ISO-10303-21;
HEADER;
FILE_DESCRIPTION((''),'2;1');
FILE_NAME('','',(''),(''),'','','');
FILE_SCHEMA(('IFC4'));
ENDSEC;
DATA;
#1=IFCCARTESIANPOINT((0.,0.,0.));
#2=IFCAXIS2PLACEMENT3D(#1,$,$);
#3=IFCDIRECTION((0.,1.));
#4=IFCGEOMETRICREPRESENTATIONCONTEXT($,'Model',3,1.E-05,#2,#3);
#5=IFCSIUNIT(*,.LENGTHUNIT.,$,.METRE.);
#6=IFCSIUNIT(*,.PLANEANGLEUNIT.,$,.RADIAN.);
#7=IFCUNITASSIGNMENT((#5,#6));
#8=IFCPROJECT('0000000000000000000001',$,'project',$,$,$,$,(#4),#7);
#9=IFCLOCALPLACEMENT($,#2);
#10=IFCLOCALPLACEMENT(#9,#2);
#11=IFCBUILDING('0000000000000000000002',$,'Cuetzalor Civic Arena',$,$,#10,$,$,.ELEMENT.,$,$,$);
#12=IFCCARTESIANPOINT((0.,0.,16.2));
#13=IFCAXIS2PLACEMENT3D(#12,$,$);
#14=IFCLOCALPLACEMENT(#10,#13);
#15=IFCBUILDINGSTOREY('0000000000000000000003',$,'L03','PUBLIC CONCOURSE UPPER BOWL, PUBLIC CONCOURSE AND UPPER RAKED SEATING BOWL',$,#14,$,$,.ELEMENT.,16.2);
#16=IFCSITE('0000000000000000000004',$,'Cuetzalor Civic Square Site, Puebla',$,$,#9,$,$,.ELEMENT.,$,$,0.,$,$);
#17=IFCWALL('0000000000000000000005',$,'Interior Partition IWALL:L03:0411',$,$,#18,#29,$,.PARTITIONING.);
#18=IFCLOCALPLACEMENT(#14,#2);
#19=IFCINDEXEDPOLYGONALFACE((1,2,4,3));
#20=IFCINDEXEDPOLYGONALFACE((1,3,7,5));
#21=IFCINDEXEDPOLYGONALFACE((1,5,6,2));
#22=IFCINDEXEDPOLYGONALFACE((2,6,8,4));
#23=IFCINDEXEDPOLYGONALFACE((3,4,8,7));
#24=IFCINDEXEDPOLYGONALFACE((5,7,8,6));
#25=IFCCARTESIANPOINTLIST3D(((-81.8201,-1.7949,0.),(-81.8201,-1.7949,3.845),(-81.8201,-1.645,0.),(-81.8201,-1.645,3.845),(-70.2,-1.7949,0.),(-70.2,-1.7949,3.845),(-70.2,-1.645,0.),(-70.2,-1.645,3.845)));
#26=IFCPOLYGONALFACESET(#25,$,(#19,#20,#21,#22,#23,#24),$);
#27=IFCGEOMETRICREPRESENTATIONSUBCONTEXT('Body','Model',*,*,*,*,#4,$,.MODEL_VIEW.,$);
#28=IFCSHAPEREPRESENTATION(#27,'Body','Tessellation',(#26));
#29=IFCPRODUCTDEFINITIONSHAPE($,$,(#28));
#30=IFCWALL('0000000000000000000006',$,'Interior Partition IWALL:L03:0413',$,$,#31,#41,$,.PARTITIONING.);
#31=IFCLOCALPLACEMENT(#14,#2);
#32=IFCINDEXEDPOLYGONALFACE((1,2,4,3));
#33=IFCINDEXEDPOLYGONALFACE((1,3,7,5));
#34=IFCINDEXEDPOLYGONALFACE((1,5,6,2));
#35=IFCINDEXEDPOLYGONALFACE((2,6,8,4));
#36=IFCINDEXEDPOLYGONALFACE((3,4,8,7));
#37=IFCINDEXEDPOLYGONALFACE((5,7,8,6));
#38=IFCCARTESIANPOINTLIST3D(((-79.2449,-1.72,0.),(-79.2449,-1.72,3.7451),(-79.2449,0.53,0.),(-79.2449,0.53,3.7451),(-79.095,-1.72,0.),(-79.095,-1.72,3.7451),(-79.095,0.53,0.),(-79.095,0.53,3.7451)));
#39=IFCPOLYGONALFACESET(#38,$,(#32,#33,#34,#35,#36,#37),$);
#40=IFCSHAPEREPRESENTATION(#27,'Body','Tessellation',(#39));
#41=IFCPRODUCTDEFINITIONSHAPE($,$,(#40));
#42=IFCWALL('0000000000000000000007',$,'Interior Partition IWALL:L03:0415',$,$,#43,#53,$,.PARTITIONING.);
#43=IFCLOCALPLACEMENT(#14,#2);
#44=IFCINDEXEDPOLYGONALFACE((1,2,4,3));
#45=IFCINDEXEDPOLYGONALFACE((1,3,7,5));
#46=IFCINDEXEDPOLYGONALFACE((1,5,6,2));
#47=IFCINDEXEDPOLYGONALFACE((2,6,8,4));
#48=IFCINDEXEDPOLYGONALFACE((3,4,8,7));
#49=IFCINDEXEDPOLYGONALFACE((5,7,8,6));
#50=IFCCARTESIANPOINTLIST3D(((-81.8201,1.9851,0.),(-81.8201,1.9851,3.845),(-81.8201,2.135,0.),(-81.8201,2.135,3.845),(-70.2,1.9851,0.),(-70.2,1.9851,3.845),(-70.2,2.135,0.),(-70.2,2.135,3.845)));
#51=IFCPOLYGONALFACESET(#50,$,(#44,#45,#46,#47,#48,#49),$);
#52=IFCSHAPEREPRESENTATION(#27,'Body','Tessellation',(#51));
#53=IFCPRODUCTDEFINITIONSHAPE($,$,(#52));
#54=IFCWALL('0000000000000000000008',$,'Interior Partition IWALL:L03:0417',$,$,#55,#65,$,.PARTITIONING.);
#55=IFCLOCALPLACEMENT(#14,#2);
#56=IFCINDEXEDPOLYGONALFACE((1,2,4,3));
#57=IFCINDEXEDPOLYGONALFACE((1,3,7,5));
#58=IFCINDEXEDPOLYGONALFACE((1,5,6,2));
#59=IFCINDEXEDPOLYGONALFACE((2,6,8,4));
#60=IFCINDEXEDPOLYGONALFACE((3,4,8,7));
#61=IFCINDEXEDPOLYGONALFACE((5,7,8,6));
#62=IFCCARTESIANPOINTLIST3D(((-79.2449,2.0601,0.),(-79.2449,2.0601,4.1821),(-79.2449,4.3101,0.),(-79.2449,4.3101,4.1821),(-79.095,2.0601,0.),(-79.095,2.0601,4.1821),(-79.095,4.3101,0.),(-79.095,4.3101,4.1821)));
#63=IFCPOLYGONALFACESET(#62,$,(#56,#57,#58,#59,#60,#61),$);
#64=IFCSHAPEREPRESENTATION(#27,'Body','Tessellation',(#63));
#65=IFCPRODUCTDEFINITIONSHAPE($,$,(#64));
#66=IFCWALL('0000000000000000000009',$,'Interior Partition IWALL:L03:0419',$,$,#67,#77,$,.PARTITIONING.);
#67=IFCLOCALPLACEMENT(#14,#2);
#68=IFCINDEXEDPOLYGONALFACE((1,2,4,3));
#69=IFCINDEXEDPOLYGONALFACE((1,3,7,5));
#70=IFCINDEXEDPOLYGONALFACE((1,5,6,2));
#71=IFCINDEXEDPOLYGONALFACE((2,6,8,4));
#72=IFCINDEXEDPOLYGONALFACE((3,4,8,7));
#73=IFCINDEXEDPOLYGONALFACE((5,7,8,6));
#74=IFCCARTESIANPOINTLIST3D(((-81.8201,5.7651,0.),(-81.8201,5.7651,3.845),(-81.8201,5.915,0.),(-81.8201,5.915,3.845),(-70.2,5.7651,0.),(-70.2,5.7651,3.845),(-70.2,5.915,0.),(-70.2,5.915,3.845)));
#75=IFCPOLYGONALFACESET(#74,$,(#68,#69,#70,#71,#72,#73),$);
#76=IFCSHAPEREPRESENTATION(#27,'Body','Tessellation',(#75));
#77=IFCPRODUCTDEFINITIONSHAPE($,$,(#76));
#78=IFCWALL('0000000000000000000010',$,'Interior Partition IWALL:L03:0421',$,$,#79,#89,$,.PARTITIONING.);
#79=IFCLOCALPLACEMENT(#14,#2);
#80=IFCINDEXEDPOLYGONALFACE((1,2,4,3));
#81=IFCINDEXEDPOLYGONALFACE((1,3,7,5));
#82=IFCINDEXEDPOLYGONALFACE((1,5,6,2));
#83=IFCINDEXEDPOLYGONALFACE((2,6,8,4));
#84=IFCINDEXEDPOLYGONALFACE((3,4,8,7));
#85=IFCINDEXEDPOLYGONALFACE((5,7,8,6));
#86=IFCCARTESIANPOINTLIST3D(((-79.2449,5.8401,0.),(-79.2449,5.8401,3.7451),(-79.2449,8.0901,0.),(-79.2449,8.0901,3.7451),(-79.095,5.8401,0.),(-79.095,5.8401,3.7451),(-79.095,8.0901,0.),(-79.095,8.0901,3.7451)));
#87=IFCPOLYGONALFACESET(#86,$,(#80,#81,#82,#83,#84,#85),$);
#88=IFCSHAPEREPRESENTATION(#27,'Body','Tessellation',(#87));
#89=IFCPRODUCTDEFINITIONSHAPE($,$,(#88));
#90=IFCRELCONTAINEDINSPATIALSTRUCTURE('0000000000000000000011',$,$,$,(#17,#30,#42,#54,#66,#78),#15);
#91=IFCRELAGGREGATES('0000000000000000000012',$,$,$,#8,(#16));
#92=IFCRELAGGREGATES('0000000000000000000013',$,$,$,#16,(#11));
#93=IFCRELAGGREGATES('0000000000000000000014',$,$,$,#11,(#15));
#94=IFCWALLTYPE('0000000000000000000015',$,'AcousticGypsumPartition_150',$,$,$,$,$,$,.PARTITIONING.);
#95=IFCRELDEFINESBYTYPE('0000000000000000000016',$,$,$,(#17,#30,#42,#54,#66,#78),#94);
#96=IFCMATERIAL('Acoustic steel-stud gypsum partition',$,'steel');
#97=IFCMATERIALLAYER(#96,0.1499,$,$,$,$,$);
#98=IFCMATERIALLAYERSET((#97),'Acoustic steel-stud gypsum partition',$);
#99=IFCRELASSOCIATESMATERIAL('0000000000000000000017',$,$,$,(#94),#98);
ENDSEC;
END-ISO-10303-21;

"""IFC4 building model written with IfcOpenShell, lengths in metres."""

from ifc_helpers import new_model, si_unit, direction, frame, frame_2d, origin, place, context, subcontext, project, spatial, rectangle, extrude, material, layer, layer_set, type_object, element, save


model = new_model("IFC4")

# Units and contexts
model_context = context("Model", 3, precision=1e-05, world=origin(), true_north=direction((0.0, 1.0)))
body_context = subcontext(model_context, "Body", "Model", "MODEL_VIEW")
ifc_project = project(units=[si_unit("LENGTHUNIT", "METRE"), si_unit("PLANEANGLEUNIT", "RADIAN")], contexts=[model_context])

# Site, building, storey
site_placement = place(None, origin())
site = spatial("IfcSite", under=ifc_project, at=site_placement, Name="Cuetzalor Civic Square Site, Puebla", CompositionType="ELEMENT", RefElevation=0.0)
building_placement = place(site_placement, origin())
building = spatial("IfcBuilding", under=site, at=building_placement, Name="Cuetzalor Civic Arena", CompositionType="ELEMENT")
storey_placement = place(building_placement, frame((0.0, 0.0, 16.2)))
storey = spatial("IfcBuildingStorey", under=building, at=storey_placement, Name="L03", Description="PUBLIC CONCOURSE UPPER BOWL, PUBLIC CONCOURSE AND UPPER RAKED SEATING BOWL", CompositionType="ELEMENT", Elevation=16.2)

# Shared definitions
ifc_material_1 = material(Name="Acoustic steel-stud gypsum partition", Category="steel")
ifc_layer = layer(ifc_material_1, 0.1499)
ifc_layer_set = layer_set([ifc_layer], Name="Acoustic steel-stud gypsum partition")
wall_type = type_object("IfcWallType", Name="AcousticGypsumPartition_150", PredefinedType="PARTITIONING", material=ifc_layer_set)

# Wall
wall_1_placement = place(storey_placement, frame((-81.8201, -1.72, 0.0), z_axis=(0.0, 0.0, 1.0), x_axis=(1.0, 0.0, 0.0)))
element("IfcWall", 1, at=wall_1_placement, inside=storey, type_object=wall_type, Name="Interior Partition IWALL:L03:0411", PredefinedType="PARTITIONING", context=body_context, shape_type="SweptSolid", body=[
    extrude(rectangle(XDim=11.6201, YDim=0.1499, at=frame_2d((5.8101, 0.0))), origin(), (0.0, 0.0, 1.0), 3.845),
])

# Walls
wall_2_placement = place(storey_placement, frame((-79.1699, 0.53, 0.0), z_axis=(0.0, 0.0, 1.0), x_axis=(0.0, -1.0, 0.0)))
element("IfcWall", 2, at=wall_2_placement, inside=storey, type_object=wall_type, Name="Interior Partition IWALL:L03:0413", PredefinedType="PARTITIONING", context=body_context, shape_type="SweptSolid", body=[
    extrude(rectangle(XDim=2.25, YDim=0.1499, at=frame_2d((1.125, 0.0))), origin(), (0.0, 0.0, 1.0), 3.7451),
])
wall_3_placement = place(storey_placement, frame((-81.8201, 2.0601, 0.0), z_axis=(0.0, 0.0, 1.0), x_axis=(1.0, 0.0, 0.0)))
element("IfcWall", 3, at=wall_3_placement, inside=storey, type_object=wall_type, Name="Interior Partition IWALL:L03:0415", PredefinedType="PARTITIONING", context=body_context, shape_type="SweptSolid", body=[
    extrude(rectangle(XDim=11.6201, YDim=0.1499, at=frame_2d((5.8101, 0.0))), origin(), (0.0, 0.0, 1.0), 3.845),
])

# Walls
wall_4_placement = place(storey_placement, frame((-79.1699, 4.3101, 0.0), z_axis=(0.0, 0.0, 1.0), x_axis=(0.0, -1.0, 0.0)))
element("IfcWall", 4, at=wall_4_placement, inside=storey, type_object=wall_type, Name="Interior Partition IWALL:L03:0417", PredefinedType="PARTITIONING", context=body_context, shape_type="SweptSolid", body=[
    extrude(rectangle(XDim=2.25, YDim=0.1499, at=frame_2d((1.125, 0.0))), origin(), (0.0, 0.0, 1.0), 4.1821),
])
wall_5_placement = place(storey_placement, frame((-81.8201, 5.8401, 0.0), z_axis=(0.0, 0.0, 1.0), x_axis=(1.0, 0.0, 0.0)))
element("IfcWall", 5, at=wall_5_placement, inside=storey, type_object=wall_type, Name="Interior Partition IWALL:L03:0419", PredefinedType="PARTITIONING", context=body_context, shape_type="SweptSolid", body=[
    extrude(rectangle(XDim=11.6201, YDim=0.1499, at=frame_2d((5.8101, 0.0))), origin(), (0.0, 0.0, 1.0), 3.845),
])

# Wall
wall_6_placement = place(storey_placement, frame((-79.1699, 8.0901, 0.0), z_axis=(0.0, 0.0, 1.0), x_axis=(0.0, -1.0, 0.0)))
element("IfcWall", 6, at=wall_6_placement, inside=storey, type_object=wall_type, Name="Interior Partition IWALL:L03:0421", PredefinedType="PARTITIONING", context=body_context, shape_type="SweptSolid", body=[
    extrude(rectangle(XDim=2.25, YDim=0.1499, at=frame_2d((1.125, 0.0))), origin(), (0.0, 0.0, 1.0), 3.7451),
])

save(model, "model.ifc")
